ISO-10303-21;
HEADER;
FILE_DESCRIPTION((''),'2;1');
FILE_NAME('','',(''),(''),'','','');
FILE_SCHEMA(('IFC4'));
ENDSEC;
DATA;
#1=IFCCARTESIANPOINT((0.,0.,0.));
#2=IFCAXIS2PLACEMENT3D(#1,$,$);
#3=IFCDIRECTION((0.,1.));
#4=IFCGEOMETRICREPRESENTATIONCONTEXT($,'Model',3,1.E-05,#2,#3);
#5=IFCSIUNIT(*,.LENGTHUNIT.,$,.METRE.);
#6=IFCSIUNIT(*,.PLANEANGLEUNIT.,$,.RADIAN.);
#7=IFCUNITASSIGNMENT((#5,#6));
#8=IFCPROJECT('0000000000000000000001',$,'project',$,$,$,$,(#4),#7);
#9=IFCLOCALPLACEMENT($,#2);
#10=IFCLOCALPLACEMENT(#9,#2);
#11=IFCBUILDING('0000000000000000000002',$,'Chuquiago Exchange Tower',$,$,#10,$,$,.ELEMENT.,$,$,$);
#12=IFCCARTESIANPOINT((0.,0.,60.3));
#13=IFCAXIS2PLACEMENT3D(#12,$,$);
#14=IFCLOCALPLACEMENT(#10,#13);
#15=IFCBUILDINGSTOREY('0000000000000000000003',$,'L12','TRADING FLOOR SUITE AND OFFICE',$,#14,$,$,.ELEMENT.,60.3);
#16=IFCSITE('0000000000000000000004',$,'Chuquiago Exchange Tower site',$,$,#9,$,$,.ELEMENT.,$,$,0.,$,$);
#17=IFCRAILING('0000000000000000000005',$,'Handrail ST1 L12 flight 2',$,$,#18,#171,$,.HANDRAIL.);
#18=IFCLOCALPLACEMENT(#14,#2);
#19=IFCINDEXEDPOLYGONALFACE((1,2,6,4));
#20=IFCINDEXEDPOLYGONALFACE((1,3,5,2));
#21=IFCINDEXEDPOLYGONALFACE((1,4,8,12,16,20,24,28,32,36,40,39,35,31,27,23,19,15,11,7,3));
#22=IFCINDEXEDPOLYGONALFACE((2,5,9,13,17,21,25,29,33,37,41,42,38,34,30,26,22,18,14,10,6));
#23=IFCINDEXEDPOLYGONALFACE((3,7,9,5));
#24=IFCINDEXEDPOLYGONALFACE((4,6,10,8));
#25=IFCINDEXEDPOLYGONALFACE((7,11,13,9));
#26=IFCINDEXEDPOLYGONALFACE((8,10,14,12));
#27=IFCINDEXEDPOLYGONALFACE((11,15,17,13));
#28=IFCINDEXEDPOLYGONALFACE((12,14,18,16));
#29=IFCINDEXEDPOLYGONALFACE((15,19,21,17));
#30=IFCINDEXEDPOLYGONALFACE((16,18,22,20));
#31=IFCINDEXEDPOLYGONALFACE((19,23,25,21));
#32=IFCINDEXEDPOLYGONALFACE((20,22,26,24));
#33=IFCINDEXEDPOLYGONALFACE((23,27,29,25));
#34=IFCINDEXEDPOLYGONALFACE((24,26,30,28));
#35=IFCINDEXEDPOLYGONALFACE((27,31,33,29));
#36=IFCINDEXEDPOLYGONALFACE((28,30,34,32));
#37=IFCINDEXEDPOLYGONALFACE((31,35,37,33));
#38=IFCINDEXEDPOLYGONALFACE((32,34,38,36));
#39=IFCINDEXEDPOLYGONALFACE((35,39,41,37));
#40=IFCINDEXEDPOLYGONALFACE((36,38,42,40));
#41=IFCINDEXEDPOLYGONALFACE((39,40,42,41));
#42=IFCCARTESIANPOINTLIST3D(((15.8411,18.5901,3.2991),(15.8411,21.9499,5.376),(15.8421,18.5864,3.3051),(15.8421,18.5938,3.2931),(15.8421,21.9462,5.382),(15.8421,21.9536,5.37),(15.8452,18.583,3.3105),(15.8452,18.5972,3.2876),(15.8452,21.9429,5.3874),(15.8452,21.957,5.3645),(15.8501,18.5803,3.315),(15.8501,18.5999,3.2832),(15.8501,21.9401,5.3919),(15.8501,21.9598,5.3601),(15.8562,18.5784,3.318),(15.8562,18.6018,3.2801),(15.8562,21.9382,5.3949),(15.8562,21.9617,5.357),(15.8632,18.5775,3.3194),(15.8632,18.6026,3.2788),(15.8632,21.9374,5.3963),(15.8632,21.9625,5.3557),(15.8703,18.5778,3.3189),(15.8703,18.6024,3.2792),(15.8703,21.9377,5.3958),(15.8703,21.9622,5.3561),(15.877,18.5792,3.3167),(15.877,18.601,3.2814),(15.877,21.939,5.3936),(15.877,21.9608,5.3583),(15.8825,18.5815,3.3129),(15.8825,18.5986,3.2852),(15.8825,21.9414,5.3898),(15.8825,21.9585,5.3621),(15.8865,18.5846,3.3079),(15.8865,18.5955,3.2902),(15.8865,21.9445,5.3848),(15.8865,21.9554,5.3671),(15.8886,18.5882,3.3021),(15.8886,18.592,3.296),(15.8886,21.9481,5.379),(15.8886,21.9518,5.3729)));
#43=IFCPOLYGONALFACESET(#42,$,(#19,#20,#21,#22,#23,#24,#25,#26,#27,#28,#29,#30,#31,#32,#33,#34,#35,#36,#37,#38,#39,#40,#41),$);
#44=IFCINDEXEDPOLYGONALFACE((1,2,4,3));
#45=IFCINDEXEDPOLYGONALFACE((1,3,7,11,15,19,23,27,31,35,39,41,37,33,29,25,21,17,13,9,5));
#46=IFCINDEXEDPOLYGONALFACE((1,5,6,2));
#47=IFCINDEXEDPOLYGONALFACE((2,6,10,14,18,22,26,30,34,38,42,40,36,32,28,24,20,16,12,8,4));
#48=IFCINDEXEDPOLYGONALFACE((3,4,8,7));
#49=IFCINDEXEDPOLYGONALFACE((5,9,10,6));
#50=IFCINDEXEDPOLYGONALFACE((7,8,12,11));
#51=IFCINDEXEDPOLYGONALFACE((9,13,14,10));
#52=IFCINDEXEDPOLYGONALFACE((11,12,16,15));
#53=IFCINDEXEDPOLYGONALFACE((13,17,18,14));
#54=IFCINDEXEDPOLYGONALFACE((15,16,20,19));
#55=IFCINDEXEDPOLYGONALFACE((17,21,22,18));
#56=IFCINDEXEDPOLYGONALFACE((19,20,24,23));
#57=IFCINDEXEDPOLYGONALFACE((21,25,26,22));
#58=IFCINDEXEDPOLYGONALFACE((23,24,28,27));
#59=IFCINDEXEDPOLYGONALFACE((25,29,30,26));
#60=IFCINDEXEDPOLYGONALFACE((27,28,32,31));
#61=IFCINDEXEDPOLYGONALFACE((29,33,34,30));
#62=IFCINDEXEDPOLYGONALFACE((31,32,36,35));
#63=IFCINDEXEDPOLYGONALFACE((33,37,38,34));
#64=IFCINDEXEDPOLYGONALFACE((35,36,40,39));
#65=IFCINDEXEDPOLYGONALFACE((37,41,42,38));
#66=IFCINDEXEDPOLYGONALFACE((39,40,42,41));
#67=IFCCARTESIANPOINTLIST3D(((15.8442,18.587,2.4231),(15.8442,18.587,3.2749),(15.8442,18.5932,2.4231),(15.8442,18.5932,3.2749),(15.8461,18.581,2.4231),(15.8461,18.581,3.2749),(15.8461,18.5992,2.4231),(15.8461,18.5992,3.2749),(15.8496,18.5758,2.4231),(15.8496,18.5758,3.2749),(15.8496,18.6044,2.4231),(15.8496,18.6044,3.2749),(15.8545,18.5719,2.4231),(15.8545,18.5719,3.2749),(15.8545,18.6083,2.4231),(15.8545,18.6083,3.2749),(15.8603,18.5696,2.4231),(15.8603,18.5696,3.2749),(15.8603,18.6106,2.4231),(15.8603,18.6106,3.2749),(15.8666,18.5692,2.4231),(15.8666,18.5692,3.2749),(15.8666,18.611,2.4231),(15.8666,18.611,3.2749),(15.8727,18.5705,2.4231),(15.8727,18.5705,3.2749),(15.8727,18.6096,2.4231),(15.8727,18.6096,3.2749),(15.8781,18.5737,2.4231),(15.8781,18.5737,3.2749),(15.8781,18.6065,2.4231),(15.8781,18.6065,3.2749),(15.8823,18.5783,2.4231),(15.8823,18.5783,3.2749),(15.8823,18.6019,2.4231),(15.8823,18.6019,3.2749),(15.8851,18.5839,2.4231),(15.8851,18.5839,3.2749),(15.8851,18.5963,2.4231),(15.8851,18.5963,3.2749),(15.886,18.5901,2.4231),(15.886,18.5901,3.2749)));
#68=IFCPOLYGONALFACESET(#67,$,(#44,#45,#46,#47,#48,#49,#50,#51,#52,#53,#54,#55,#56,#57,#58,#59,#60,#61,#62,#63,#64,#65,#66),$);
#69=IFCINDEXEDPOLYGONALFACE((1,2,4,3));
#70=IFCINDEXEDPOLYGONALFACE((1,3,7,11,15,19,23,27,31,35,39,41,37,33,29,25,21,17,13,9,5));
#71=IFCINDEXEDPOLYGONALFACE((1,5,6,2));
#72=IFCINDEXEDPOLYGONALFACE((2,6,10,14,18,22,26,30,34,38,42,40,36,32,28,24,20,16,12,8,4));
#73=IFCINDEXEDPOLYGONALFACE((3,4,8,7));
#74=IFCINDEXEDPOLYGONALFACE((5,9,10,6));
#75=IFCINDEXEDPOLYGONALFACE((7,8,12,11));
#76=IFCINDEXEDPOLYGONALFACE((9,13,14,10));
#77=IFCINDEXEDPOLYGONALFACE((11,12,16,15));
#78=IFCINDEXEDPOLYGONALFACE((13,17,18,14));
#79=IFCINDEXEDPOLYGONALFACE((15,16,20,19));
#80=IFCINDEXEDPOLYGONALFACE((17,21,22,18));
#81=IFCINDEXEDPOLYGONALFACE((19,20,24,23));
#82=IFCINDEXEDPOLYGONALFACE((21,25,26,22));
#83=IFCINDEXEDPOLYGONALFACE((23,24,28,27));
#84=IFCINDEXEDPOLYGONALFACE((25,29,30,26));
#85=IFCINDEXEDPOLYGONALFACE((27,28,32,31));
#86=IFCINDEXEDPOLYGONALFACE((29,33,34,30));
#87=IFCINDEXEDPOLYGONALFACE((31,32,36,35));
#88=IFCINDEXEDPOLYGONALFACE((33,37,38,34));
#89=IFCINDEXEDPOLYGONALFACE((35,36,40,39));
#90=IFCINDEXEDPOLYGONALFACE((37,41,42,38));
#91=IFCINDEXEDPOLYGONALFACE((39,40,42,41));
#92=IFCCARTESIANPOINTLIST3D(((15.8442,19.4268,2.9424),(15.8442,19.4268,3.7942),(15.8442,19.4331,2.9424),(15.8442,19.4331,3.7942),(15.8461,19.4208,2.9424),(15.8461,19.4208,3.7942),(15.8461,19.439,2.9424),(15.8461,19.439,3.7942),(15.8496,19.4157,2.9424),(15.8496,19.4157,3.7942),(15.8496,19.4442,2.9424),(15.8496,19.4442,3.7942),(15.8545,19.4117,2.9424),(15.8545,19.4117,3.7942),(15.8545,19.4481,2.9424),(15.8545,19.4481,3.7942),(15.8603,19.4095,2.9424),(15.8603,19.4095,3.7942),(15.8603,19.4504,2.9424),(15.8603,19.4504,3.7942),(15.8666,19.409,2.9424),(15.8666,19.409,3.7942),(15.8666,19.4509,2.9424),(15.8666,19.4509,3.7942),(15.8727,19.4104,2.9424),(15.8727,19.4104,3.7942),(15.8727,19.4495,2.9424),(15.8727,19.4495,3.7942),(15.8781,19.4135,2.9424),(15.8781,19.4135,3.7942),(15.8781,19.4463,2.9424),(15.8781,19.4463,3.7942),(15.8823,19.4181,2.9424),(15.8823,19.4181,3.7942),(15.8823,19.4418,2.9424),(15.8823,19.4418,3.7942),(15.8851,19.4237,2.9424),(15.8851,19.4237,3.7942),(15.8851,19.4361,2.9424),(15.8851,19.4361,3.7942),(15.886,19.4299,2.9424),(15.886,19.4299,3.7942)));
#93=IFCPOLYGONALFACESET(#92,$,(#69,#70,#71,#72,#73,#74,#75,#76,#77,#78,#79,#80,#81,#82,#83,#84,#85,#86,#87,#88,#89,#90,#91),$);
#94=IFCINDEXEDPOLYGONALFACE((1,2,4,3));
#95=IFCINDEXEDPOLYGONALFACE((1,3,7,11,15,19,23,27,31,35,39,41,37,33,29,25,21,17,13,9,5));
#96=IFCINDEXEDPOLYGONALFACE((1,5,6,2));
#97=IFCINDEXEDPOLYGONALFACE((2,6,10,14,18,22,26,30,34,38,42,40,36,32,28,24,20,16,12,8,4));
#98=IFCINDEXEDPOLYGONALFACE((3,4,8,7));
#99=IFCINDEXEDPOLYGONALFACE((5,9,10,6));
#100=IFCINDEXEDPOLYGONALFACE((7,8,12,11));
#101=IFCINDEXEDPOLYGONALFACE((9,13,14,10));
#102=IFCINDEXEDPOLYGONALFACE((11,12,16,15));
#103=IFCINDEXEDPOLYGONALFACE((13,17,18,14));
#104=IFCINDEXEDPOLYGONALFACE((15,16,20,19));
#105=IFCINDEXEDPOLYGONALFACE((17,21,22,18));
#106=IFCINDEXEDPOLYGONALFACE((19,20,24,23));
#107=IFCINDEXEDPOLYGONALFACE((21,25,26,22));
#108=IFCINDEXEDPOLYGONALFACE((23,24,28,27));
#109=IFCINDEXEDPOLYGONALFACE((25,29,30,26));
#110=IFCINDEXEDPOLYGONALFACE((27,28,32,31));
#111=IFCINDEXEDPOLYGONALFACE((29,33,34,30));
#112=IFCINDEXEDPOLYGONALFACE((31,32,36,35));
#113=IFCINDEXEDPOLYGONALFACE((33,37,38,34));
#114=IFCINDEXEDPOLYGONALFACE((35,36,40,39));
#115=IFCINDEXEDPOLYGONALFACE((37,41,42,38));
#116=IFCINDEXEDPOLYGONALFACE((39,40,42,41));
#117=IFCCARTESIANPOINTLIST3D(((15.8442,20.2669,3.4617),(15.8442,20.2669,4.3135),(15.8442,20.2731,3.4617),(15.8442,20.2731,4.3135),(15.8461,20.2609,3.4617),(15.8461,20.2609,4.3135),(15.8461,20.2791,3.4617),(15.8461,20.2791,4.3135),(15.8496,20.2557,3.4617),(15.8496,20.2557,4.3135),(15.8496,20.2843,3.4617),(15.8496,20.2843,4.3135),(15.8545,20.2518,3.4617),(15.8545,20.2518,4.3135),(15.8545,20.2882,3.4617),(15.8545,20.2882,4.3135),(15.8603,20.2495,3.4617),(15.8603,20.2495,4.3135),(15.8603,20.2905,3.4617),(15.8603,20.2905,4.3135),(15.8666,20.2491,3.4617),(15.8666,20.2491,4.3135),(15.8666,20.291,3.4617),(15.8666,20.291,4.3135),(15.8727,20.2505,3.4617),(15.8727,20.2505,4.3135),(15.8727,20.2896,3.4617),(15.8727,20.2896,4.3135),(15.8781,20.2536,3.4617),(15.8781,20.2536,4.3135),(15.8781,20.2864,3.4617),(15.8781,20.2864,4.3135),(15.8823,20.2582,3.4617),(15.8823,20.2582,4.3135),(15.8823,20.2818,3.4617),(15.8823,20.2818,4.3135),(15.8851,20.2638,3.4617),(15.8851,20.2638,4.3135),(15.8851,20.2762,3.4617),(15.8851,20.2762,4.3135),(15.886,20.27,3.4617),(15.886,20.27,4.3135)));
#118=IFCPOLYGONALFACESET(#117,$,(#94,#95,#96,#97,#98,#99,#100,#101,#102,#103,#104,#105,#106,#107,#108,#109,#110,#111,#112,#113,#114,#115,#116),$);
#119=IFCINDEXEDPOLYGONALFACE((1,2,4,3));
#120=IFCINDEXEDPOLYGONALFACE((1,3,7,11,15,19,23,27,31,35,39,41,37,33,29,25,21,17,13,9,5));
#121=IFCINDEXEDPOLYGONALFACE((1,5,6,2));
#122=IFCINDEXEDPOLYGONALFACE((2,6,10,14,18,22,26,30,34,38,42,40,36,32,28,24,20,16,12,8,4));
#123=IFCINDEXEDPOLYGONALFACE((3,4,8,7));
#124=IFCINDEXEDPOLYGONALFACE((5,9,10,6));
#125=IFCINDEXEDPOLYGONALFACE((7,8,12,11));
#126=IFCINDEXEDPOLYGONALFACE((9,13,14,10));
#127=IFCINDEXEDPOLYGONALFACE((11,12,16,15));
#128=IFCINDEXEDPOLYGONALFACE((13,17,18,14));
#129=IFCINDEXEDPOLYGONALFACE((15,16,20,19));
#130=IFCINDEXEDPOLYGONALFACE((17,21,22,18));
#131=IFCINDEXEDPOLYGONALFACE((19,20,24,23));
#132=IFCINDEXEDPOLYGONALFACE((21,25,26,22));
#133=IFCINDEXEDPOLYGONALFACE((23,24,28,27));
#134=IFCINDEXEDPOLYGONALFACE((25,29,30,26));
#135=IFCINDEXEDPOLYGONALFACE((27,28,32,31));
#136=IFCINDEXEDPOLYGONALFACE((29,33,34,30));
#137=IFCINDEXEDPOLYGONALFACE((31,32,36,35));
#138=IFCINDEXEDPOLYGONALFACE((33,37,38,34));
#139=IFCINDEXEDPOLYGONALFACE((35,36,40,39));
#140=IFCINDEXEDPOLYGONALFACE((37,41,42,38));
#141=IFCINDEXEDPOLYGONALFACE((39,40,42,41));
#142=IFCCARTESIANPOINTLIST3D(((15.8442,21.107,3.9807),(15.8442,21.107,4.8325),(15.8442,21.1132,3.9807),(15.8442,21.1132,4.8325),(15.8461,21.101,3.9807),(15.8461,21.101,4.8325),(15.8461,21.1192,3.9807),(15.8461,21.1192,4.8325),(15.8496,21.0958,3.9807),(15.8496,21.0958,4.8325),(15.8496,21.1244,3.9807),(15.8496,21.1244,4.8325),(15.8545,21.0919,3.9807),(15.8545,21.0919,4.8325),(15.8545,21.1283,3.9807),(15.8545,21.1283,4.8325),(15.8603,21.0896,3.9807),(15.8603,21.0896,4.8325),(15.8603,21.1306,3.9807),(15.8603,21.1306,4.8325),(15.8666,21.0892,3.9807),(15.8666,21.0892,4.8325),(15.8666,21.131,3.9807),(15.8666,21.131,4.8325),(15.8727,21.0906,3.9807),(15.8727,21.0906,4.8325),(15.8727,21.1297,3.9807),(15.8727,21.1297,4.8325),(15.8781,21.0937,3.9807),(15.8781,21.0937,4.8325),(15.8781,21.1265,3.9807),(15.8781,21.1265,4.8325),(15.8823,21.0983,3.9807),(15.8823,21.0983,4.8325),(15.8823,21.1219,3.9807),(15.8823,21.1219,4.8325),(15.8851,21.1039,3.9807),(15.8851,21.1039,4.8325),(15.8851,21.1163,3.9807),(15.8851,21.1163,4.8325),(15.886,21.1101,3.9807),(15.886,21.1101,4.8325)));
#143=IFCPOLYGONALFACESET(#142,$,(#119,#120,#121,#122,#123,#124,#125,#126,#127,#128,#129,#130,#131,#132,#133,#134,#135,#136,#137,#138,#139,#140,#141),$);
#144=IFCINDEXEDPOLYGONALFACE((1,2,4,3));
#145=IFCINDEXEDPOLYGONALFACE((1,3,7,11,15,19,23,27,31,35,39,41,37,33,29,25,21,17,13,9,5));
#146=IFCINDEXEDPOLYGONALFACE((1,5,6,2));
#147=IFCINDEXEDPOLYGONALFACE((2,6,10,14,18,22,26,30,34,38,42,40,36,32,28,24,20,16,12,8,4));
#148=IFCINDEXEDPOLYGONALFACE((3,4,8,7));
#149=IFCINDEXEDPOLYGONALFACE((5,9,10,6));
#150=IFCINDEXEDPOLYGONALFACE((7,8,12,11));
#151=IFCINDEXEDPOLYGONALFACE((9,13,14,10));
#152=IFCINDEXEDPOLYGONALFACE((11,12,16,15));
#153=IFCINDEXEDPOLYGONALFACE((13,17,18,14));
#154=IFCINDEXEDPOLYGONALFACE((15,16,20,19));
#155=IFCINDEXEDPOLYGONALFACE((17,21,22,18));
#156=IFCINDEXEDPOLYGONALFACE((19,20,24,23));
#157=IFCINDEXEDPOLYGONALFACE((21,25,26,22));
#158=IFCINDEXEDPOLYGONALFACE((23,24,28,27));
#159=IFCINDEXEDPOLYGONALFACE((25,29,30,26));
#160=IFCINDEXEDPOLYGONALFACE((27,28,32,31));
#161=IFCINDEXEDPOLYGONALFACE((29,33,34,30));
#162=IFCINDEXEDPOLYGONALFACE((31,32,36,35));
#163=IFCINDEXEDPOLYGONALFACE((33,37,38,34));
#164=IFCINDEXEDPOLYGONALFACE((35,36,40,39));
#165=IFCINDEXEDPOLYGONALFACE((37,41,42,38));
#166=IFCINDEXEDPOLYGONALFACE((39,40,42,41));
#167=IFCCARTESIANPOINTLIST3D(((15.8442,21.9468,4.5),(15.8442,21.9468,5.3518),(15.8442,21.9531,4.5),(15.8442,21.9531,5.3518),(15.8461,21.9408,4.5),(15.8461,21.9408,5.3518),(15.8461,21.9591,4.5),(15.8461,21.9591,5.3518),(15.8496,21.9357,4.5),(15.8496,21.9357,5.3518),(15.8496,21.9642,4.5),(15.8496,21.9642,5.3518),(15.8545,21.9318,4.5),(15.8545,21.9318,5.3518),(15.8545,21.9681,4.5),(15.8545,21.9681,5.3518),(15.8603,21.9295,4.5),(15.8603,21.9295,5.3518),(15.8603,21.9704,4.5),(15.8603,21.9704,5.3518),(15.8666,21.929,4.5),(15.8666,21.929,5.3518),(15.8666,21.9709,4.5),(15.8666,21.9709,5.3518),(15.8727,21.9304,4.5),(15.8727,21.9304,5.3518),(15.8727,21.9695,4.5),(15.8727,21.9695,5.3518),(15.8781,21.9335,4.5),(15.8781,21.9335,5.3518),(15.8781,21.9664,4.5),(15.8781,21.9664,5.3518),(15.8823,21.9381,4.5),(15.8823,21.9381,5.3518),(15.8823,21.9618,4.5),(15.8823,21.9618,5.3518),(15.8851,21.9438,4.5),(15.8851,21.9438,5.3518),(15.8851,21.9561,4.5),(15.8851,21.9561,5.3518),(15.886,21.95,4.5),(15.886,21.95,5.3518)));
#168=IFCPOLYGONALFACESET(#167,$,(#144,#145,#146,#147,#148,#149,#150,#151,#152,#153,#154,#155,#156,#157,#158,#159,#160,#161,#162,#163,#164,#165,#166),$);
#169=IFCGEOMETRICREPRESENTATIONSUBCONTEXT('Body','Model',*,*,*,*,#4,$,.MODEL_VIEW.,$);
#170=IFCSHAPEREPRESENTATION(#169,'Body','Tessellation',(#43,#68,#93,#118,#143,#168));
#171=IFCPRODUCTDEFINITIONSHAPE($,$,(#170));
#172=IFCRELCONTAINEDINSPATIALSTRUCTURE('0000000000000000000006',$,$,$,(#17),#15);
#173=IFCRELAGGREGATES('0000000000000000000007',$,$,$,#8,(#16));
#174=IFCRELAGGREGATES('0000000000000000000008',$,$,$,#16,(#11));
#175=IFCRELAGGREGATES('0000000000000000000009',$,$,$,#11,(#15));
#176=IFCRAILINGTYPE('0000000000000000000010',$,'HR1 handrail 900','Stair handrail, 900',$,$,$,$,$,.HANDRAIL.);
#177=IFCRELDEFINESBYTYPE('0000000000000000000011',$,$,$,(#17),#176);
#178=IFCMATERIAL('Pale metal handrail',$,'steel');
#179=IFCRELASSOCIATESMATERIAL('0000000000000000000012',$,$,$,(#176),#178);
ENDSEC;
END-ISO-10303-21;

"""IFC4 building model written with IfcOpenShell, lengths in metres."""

from ifc_helpers import new_model, si_unit, direction, frame, origin, origin_2d, place, context, subcontext, project, spatial, circle, extrude, material, type_object, element, save


model = new_model("IFC4")

# Units and contexts
model_context = context("Model", 3, precision=1e-05, world=origin(), true_north=direction((0.0, 1.0)))
body_context = subcontext(model_context, "Body", "Model", "MODEL_VIEW")
ifc_project = project(units=[si_unit("LENGTHUNIT", "METRE"), si_unit("PLANEANGLEUNIT", "RADIAN")], contexts=[model_context])

# Site, building, storey
site_placement = place(None, origin())
site = spatial("IfcSite", under=ifc_project, at=site_placement, Name="Chuquiago Exchange Tower site", CompositionType="ELEMENT", RefElevation=0.0)
building_placement = place(site_placement, origin())
building = spatial("IfcBuilding", under=site, at=building_placement, Name="Chuquiago Exchange Tower", CompositionType="ELEMENT")
storey_placement = place(building_placement, frame((0.0, 0.0, 60.3)))
storey = spatial("IfcBuildingStorey", under=building, at=storey_placement, Name="L12", Description="TRADING FLOOR SUITE AND OFFICE", CompositionType="ELEMENT", Elevation=60.3)

# Railing
ifc_material_1 = material(Name="Pale metal handrail", Category="steel")
railing_type_1 = type_object("IfcRailingType", Name="HR1 handrail 900", Description="Stair handrail, 900", PredefinedType="HANDRAIL", material=ifc_material_1)
for number, where, name in (
    (1, (15.865, 18.5901, 2.4231), "Handrail ST1 L12 flight 2"),
):
    element("IfcRailing", number, at=place(storey_placement, frame(where)), inside=storey, type_object=railing_type_1, Name=name, PredefinedType="HANDRAIL", context=body_context, shape_type="SweptSolid", body=[
        extrude(circle(Radius=0.0239, at=origin_2d()), frame((0.0, 0.0, 0.876), z_axis=(0.0, 0.850606, 0.525803), x_axis=(-1.0, 0.0, 0.0)), (0.0, 0.0, 1.0), 3.95),
        extrude(circle(Radius=0.021, at=origin_2d()), origin(), (0.0, 0.0, 1.0), 0.8518),
        extrude(circle(Radius=0.021, at=origin_2d()), frame((0.0, 0.8398, 0.5193)), (0.0, 0.0, 1.0), 0.8518),
        extrude(circle(Radius=0.021, at=origin_2d()), frame((0.0, 1.6799, 1.0386)), (0.0, 0.0, 1.0), 0.8518),
        extrude(circle(Radius=0.021, at=origin_2d()), frame((0.0, 2.52, 1.5576)), (0.0, 0.0, 1.0), 0.8518),
        extrude(circle(Radius=0.021, at=origin_2d()), frame((0.0, 3.3599, 2.0769)), (0.0, 0.0, 1.0), 0.8518),
    ])

save(model, "model.ifc")
